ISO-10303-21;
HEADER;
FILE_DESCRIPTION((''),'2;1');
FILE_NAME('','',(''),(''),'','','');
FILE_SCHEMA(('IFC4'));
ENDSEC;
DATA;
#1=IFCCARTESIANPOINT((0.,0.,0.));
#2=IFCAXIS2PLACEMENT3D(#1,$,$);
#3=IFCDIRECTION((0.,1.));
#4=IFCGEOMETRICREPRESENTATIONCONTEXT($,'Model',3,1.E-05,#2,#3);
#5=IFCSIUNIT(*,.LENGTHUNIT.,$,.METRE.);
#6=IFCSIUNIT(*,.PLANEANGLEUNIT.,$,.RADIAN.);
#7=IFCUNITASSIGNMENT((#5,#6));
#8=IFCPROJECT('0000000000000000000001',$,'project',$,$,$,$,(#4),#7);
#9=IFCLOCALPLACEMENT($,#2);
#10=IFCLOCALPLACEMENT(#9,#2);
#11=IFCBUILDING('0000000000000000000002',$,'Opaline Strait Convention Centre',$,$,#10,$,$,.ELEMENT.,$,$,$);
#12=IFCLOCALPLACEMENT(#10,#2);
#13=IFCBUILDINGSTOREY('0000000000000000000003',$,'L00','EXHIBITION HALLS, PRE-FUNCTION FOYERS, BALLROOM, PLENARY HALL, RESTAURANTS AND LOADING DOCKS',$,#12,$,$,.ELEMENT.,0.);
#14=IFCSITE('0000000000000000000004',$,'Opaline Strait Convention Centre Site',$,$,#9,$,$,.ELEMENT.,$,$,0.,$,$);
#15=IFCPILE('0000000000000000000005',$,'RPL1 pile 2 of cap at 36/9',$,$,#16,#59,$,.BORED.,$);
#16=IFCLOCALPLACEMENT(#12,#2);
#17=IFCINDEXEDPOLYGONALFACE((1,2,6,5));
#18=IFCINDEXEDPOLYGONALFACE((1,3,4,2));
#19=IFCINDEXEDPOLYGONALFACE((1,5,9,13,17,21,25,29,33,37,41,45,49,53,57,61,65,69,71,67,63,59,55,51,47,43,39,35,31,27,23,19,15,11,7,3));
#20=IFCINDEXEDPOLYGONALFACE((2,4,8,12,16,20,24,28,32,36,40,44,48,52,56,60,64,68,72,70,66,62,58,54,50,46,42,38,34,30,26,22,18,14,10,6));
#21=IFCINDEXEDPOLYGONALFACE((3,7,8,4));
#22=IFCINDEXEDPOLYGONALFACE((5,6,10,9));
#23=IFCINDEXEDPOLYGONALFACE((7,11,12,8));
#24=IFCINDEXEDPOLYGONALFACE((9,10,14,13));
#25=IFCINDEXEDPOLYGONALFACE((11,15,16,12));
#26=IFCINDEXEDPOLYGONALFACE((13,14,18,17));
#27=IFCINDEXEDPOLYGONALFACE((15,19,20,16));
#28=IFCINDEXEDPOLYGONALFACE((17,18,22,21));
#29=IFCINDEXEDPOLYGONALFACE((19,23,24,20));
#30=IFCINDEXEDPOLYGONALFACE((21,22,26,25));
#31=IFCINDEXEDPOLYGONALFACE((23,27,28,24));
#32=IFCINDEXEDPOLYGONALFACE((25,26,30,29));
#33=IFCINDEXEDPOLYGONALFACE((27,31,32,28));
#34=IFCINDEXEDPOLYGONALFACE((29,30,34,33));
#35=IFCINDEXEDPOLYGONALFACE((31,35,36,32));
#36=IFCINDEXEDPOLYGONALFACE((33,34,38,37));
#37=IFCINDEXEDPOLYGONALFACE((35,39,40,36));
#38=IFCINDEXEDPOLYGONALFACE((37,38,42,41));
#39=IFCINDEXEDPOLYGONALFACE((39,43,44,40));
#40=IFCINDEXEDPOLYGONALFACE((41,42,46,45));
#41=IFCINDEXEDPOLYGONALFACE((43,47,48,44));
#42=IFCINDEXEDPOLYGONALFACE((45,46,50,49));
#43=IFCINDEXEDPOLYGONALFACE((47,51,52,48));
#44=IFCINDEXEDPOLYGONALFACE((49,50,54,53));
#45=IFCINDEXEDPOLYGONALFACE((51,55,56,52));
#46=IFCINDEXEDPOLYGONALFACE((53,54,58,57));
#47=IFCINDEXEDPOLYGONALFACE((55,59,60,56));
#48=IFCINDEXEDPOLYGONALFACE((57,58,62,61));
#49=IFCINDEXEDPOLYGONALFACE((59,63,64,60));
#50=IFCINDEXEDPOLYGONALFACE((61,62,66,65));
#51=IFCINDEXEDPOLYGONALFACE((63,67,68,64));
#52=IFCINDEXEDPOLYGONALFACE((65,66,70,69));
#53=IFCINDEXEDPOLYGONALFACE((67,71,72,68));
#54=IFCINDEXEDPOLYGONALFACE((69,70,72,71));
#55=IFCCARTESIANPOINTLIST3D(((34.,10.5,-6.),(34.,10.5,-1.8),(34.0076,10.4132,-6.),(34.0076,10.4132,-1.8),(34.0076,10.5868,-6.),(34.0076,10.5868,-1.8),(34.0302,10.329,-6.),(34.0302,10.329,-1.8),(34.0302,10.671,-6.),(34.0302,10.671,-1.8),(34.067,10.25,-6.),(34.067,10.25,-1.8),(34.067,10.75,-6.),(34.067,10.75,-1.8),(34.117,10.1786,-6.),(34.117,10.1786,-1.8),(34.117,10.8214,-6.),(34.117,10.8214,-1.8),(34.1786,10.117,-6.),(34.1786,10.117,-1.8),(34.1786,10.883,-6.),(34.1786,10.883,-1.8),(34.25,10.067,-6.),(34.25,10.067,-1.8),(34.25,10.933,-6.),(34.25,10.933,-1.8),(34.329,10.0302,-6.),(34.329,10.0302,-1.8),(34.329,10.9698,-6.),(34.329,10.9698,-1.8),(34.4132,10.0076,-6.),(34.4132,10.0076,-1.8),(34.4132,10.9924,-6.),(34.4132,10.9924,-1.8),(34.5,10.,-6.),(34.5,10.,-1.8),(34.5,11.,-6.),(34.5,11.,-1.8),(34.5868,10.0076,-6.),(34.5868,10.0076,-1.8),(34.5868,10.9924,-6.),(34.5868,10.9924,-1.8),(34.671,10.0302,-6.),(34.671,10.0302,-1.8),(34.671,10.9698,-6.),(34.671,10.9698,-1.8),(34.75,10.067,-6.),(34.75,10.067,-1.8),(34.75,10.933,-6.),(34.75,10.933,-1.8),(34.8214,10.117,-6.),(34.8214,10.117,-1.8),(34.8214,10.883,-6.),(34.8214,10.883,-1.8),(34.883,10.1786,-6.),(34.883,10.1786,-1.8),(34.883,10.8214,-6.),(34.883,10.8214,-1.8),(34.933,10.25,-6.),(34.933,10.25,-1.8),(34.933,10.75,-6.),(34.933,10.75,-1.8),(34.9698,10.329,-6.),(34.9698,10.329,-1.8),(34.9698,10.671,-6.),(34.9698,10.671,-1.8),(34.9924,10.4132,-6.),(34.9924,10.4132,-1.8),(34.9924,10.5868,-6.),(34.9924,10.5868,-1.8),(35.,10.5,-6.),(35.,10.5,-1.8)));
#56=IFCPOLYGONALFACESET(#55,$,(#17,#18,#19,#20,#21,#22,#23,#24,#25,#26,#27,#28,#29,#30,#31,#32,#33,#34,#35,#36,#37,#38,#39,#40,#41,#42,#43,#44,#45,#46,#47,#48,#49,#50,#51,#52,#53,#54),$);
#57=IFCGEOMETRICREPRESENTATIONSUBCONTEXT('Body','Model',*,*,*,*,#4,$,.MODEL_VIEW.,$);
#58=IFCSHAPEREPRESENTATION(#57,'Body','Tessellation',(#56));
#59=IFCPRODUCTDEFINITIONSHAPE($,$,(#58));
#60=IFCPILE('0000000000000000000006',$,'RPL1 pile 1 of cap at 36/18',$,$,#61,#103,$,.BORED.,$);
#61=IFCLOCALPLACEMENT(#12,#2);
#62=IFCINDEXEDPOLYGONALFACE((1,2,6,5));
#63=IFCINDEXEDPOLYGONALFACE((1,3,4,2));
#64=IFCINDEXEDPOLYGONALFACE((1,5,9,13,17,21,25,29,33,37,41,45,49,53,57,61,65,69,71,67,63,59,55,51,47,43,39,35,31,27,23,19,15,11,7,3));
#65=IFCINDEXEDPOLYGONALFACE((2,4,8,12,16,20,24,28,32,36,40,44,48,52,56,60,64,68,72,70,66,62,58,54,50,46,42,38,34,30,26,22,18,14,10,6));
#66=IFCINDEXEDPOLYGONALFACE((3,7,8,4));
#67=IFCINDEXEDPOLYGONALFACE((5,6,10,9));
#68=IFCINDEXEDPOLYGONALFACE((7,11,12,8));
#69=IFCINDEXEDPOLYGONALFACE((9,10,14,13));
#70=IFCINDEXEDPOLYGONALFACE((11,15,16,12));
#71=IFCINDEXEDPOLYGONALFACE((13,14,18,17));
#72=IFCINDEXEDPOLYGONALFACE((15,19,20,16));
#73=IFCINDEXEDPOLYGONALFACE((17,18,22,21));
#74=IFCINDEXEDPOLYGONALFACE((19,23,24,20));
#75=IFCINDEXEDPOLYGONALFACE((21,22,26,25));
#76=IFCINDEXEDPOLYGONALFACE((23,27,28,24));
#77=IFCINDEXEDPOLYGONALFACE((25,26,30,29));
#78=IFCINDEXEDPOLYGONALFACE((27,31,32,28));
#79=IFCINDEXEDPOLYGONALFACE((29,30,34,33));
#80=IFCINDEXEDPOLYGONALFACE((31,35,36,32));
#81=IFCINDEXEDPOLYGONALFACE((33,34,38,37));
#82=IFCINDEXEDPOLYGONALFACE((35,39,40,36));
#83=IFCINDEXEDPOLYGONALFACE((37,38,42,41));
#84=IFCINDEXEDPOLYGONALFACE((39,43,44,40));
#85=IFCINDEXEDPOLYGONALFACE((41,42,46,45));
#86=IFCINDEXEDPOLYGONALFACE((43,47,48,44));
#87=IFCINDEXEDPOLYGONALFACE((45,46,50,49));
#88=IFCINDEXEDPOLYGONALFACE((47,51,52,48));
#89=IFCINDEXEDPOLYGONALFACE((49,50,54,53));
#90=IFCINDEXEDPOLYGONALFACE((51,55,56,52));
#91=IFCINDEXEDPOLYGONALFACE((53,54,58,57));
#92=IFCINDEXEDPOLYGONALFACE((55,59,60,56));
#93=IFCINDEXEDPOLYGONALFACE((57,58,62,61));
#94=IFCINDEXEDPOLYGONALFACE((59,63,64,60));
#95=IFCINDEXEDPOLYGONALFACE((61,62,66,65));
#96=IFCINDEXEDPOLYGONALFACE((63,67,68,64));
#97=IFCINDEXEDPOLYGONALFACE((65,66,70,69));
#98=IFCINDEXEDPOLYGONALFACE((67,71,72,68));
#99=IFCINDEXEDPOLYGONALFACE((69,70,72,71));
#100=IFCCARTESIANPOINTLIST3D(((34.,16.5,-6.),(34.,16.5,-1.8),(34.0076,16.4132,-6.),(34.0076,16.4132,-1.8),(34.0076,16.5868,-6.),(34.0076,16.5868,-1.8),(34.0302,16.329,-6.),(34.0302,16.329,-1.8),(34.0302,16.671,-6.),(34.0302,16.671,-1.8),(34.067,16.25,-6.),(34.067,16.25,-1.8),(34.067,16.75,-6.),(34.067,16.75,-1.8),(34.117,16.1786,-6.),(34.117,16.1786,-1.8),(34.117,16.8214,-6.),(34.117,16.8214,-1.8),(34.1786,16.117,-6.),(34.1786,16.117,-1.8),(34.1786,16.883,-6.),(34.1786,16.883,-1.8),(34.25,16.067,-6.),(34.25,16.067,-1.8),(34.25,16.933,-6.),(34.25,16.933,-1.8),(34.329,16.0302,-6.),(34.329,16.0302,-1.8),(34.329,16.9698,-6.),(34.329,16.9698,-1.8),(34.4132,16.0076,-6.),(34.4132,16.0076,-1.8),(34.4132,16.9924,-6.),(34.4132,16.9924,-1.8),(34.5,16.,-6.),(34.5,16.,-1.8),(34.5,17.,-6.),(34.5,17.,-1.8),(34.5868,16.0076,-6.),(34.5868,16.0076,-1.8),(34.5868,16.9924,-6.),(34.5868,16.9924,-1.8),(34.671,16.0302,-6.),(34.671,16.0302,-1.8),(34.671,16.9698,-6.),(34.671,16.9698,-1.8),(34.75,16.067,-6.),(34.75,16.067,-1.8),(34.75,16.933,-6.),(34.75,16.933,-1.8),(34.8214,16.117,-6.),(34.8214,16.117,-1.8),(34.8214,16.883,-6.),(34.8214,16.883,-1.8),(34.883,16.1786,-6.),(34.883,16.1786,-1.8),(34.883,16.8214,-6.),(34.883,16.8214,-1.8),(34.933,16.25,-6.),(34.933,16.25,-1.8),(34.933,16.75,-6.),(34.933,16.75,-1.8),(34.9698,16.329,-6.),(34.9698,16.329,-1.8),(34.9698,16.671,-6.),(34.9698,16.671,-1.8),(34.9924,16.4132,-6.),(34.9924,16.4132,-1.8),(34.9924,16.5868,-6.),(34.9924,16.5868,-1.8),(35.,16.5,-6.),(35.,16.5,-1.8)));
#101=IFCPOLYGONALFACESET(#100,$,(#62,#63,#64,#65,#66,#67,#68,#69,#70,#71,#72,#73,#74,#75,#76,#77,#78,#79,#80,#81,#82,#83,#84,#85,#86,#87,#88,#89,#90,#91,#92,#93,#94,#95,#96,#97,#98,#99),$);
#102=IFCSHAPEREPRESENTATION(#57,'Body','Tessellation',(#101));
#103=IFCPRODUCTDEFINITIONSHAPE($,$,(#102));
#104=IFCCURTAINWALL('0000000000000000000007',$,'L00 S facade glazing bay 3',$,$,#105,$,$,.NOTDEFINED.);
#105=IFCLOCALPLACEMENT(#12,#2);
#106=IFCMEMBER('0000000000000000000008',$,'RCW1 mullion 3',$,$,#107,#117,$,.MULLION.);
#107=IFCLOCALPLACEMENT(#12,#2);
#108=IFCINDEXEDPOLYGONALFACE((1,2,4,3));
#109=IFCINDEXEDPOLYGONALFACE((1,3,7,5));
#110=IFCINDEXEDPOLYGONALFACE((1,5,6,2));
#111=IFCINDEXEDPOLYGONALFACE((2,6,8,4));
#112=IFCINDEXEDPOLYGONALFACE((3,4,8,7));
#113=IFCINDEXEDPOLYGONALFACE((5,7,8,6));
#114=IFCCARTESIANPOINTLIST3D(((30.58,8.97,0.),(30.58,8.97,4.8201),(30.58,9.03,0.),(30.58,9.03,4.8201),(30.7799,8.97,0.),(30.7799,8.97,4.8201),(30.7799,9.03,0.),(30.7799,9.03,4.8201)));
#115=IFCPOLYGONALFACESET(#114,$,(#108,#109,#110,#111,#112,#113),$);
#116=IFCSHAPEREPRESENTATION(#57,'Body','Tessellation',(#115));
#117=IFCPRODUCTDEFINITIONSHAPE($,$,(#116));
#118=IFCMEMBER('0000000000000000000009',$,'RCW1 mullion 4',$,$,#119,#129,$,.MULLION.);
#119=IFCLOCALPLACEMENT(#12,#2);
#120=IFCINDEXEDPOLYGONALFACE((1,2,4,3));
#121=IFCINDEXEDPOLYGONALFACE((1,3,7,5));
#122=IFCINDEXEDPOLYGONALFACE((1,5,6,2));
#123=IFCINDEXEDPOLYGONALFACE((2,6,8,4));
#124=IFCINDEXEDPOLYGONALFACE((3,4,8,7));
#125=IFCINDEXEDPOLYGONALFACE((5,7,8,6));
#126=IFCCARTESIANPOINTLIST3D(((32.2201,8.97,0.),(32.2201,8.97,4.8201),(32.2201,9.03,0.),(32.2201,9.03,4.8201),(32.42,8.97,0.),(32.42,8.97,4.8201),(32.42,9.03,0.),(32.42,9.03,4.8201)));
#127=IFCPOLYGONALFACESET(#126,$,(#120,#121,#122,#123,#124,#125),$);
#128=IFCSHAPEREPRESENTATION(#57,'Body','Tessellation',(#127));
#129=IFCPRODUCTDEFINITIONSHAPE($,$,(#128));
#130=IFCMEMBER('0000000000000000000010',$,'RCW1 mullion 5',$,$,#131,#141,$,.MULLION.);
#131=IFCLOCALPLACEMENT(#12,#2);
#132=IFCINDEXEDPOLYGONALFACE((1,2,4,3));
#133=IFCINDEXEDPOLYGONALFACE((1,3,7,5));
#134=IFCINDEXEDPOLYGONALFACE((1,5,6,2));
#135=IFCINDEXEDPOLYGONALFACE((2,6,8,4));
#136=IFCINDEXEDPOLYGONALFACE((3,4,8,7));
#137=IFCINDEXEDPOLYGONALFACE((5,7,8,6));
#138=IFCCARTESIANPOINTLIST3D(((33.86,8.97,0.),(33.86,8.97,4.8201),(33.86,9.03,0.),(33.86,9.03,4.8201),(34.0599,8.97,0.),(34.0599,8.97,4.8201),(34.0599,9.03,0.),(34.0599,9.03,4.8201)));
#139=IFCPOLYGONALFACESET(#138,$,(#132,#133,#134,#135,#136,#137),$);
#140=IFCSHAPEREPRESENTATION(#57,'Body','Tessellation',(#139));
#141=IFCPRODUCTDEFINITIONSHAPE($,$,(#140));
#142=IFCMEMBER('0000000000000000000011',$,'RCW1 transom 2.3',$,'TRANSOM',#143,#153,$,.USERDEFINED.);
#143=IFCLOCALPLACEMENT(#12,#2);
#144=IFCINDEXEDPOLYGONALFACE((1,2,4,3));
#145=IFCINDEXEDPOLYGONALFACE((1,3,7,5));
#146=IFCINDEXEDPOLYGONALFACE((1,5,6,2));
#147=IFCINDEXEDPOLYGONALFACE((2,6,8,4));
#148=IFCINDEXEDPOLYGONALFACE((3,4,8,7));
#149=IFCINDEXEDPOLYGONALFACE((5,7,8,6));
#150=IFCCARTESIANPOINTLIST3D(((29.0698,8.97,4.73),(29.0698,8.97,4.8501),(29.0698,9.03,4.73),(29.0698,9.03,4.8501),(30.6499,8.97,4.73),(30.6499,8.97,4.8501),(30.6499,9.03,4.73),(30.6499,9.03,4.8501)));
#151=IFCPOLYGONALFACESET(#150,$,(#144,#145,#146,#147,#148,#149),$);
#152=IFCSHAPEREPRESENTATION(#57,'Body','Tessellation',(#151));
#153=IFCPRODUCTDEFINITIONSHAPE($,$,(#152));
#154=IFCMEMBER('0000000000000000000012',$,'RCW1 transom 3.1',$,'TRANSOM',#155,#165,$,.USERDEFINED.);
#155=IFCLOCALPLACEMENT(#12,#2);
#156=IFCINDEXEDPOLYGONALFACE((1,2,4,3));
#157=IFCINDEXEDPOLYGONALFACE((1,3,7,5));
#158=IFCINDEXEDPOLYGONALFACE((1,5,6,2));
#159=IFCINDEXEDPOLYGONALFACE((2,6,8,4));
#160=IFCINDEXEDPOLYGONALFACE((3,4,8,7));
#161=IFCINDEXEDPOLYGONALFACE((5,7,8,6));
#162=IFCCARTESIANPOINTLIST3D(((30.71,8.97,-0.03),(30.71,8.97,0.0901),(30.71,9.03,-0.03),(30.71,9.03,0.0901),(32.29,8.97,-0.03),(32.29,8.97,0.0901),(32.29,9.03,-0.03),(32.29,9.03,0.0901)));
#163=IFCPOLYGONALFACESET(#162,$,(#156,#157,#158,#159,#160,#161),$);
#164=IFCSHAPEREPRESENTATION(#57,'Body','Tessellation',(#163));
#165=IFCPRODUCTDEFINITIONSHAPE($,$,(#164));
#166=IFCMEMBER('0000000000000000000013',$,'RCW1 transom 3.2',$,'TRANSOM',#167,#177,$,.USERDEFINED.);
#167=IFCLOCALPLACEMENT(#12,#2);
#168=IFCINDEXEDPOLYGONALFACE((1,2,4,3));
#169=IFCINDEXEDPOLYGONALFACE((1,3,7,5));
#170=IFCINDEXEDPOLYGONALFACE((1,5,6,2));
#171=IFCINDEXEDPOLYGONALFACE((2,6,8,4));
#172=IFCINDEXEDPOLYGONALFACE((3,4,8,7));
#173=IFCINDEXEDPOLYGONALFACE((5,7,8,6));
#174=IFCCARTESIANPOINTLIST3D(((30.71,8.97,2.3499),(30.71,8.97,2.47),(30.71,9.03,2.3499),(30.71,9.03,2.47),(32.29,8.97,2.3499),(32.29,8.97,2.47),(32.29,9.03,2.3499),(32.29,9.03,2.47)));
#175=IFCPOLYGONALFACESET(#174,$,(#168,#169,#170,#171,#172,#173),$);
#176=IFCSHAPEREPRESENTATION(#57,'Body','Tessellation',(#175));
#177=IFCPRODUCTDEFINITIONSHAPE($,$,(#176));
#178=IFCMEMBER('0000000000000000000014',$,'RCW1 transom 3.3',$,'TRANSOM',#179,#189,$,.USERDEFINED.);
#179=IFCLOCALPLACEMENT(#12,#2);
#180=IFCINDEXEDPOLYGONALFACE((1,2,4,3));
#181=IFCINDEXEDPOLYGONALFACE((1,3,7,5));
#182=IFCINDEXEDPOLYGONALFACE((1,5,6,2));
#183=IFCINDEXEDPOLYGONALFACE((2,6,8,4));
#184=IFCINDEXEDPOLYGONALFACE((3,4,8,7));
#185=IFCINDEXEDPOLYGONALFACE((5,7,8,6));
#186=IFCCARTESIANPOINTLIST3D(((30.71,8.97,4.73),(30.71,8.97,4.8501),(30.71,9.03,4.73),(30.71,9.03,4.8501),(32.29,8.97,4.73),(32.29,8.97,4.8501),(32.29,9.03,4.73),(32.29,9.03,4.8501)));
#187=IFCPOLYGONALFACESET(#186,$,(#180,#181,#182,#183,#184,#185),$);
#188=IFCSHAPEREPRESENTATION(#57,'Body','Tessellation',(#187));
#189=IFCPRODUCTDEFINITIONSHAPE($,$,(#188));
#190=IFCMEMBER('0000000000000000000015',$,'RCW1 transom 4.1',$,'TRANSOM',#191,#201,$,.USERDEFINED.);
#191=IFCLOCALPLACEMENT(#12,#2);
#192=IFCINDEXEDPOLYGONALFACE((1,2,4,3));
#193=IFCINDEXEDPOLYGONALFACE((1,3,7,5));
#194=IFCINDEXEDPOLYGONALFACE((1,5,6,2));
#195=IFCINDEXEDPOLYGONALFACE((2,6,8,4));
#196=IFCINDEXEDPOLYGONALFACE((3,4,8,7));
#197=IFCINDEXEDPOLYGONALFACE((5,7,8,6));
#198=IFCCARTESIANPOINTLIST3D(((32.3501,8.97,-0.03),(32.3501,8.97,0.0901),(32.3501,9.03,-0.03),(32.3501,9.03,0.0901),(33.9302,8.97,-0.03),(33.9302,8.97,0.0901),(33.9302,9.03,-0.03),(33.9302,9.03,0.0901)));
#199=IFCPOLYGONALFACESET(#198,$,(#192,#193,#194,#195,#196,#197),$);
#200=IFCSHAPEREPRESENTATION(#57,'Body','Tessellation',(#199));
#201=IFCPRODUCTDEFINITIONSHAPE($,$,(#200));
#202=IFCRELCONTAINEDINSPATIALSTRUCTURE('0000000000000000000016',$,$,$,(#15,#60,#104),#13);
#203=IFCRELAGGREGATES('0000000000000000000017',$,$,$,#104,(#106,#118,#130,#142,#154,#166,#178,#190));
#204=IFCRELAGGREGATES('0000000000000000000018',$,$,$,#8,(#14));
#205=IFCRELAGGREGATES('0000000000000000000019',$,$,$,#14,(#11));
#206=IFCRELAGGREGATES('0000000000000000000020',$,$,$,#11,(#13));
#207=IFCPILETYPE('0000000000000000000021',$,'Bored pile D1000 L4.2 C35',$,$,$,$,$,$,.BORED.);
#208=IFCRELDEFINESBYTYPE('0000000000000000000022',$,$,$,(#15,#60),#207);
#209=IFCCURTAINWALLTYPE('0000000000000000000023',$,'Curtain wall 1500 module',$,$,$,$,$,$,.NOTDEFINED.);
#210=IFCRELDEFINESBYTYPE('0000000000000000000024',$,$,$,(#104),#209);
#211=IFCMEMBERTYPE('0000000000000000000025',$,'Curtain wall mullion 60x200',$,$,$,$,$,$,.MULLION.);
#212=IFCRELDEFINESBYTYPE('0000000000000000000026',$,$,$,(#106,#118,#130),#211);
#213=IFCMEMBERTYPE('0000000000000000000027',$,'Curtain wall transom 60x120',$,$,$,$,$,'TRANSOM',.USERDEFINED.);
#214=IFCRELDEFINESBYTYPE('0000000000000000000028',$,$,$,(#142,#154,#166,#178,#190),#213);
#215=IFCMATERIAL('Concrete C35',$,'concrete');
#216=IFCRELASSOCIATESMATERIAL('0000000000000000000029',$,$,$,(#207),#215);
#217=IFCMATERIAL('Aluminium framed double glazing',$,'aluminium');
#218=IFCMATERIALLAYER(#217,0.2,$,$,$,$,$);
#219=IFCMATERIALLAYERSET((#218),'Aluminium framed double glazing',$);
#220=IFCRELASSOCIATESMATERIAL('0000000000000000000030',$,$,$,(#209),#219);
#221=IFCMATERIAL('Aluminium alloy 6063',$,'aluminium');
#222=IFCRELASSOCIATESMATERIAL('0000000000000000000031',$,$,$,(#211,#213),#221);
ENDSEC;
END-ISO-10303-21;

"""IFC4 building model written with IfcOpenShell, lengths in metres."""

from ifc_helpers import new_model, si_unit, direction, frame, origin, origin_2d, place, context, subcontext, project, spatial, rectangle, circle, extrude, material, layer, layer_set, material_profile, profile_set, type_object, element, aggregate, save


model = new_model("IFC4")

# Units and contexts
model_context = context("Model", 3, precision=1e-05, world=origin(), true_north=direction((0.0, 1.0)))
body_context = subcontext(model_context, "Body", "Model", "MODEL_VIEW")
ifc_project = project(units=[si_unit("LENGTHUNIT", "METRE"), si_unit("PLANEANGLEUNIT", "RADIAN")], contexts=[model_context])

# Site, building, storey
site_placement = place(None, origin())
site = spatial("IfcSite", under=ifc_project, at=site_placement, Name="Opaline Strait Convention Centre Site", CompositionType="ELEMENT", RefElevation=0.0)
building_placement = place(site_placement, origin())
building = spatial("IfcBuilding", under=site, at=building_placement, Name="Opaline Strait Convention Centre", CompositionType="ELEMENT")
storey_placement = place(building_placement, origin())
storey = spatial("IfcBuildingStorey", under=building, at=storey_placement, Name="L00", Description="EXHIBITION HALLS, PRE-FUNCTION FOYERS, BALLROOM, PLENARY HALL, RESTAURANTS AND LOADING DOCKS", CompositionType="ELEMENT", Elevation=0.0)

# Piles
ifc_material_1 = material(Name="Concrete C35", Category="concrete")
ifc_material_profile_1 = material_profile(ifc_material_1, circle(Radius=0.5, at=origin_2d()), Name="D1000")
ifc_profile_set_1 = profile_set([ifc_material_profile_1], Name="Concrete C35")
pile_type = type_object("IfcPileType", Name="Bored pile D1000 L4.2 C35", PredefinedType="BORED", material=ifc_profile_set_1)
for number, where, z_axis, x_axis, name in (
    (1, (34.5, 10.5, -1.8), (0.0, 0.0, -1.0), (1.0, 0.0, 0.0), "RPL1 pile 2 of cap at 36/9"),
    (2, (34.5, 16.5, -1.8), (0.0, 0.0, -1.0), (1.0, 0.0, 0.0), "RPL1 pile 1 of cap at 36/18"),
):
    element("IfcPile", number, at=place(storey_placement, frame(where, z_axis=z_axis, x_axis=x_axis)), inside=storey, type_object=pile_type, Name=name, PredefinedType="BORED", context=body_context, shape_type="SweptSolid", body=[
        extrude(circle(Radius=0.5, at=origin_2d()), origin(), (0.0, 0.0, 1.0), 4.2),
    ])

# Curtain wall, members
ifc_material_2 = material(Name="Aluminium framed double glazing", Category="aluminium")
ifc_layer_1 = layer(ifc_material_2, 0.2)
ifc_layer_set_1 = layer_set([ifc_layer_1], Name="Aluminium framed double glazing")
curtain_wall_type = type_object("IfcCurtainWallType", Name="Curtain wall 1500 module", PredefinedType="NOTDEFINED", material=ifc_layer_set_1)
curtain_wall_placement = place(storey_placement, origin())
curtain_wall = element("IfcCurtainWall", 3, at=curtain_wall_placement, inside=storey, type_object=curtain_wall_type, Name="L00 S facade glazing bay 3", PredefinedType="NOTDEFINED")
ifc_material_3 = material(Name="Aluminium alloy 6063", Category="aluminium")
ifc_material_profile_2 = material_profile(ifc_material_3, rectangle(XDim=0.0601, YDim=0.2, at=origin_2d()), Name="Curtain wall mullion 60x200")
ifc_profile_set_2 = profile_set([ifc_material_profile_2], Name="Aluminium alloy 6063")
member_type_1 = type_object("IfcMemberType", Name="Curtain wall mullion 60x200", PredefinedType="MULLION", material=ifc_profile_set_2)
member_1_placement = place(storey_placement, frame((30.6799, 9.0, 0.0), z_axis=(0.0, 0.0, 1.0), x_axis=(0.0, 1.0, 0.0)))
member_1 = element("IfcMember", 4, at=member_1_placement, type_object=member_type_1, Name="RCW1 mullion 3", PredefinedType="MULLION", context=body_context, shape_type="SweptSolid", body=[
    extrude(rectangle(XDim=0.0601, YDim=0.2, at=origin_2d()), origin(), (0.0, 0.0, 1.0), 4.8201),
])
member_2_placement = place(storey_placement, frame((32.3201, 9.0, 0.0), z_axis=(0.0, 0.0, 1.0), x_axis=(0.0, 1.0, 0.0)))
member_2 = element("IfcMember", 5, at=member_2_placement, type_object=member_type_1, Name="RCW1 mullion 4", PredefinedType="MULLION", context=body_context, shape_type="SweptSolid", body=[
    extrude(rectangle(XDim=0.0601, YDim=0.2, at=origin_2d()), origin(), (0.0, 0.0, 1.0), 4.8201),
])
member_3_placement = place(storey_placement, frame((33.96, 9.0, 0.0), z_axis=(0.0, 0.0, 1.0), x_axis=(0.0, 1.0, 0.0)))
member_3 = element("IfcMember", 6, at=member_3_placement, type_object=member_type_1, Name="RCW1 mullion 5", PredefinedType="MULLION", context=body_context, shape_type="SweptSolid", body=[
    extrude(rectangle(XDim=0.0601, YDim=0.2, at=origin_2d()), origin(), (0.0, 0.0, 1.0), 4.8201),
])
ifc_material_profile_3 = material_profile(ifc_material_3, rectangle(XDim=0.0601, YDim=0.1201, at=origin_2d()), Name="Curtain wall transom 60x120")
ifc_profile_set_3 = profile_set([ifc_material_profile_3], Name="Aluminium alloy 6063")
member_type_2 = type_object("IfcMemberType", Name="Curtain wall transom 60x120", ElementType="TRANSOM", PredefinedType="USERDEFINED", material=ifc_profile_set_3)
member_4_placement = place(storey_placement, frame((29.0698, 9.0, 4.79), z_axis=(1.0, 0.0, 0.0), x_axis=(0.0, 1.0, 0.0)))
member_4 = element("IfcMember", 7, at=member_4_placement, type_object=member_type_2, Name="RCW1 transom 2.3", ObjectType="TRANSOM", PredefinedType="USERDEFINED", context=body_context, shape_type="SweptSolid", body=[
    extrude(rectangle(XDim=0.0601, YDim=0.1201, at=origin_2d()), origin(), (0.0, 0.0, 1.0), 1.5801),
])
member_5_placement = place(storey_placement, frame((30.71, 9.0, 0.03), z_axis=(1.0, 0.0, 0.0), x_axis=(0.0, 1.0, 0.0)))
member_5 = element("IfcMember", 8, at=member_5_placement, type_object=member_type_2, Name="RCW1 transom 3.1", ObjectType="TRANSOM", PredefinedType="USERDEFINED", context=body_context, shape_type="SweptSolid", body=[
    extrude(rectangle(XDim=0.0601, YDim=0.1201, at=origin_2d()), origin(), (0.0, 0.0, 1.0), 1.5801),
])
member_6_placement = place(storey_placement, frame((30.71, 9.0, 2.4099), z_axis=(1.0, 0.0, 0.0), x_axis=(0.0, 1.0, 0.0)))
member_6 = element("IfcMember", 9, at=member_6_placement, type_object=member_type_2, Name="RCW1 transom 3.2", ObjectType="TRANSOM", PredefinedType="USERDEFINED", context=body_context, shape_type="SweptSolid", body=[
    extrude(rectangle(XDim=0.0601, YDim=0.1201, at=origin_2d()), origin(), (0.0, 0.0, 1.0), 1.5801),
])
member_7_placement = place(storey_placement, frame((30.71, 9.0, 4.79), z_axis=(1.0, 0.0, 0.0), x_axis=(0.0, 1.0, 0.0)))
member_7 = element("IfcMember", 10, at=member_7_placement, type_object=member_type_2, Name="RCW1 transom 3.3", ObjectType="TRANSOM", PredefinedType="USERDEFINED", context=body_context, shape_type="SweptSolid", body=[
    extrude(rectangle(XDim=0.0601, YDim=0.1201, at=origin_2d()), origin(), (0.0, 0.0, 1.0), 1.5801),
])
member_8_placement = place(storey_placement, frame((32.3501, 9.0, 0.03), z_axis=(1.0, 0.0, 0.0), x_axis=(0.0, 1.0, 0.0)))
member_8 = element("IfcMember", 11, at=member_8_placement, type_object=member_type_2, Name="RCW1 transom 4.1", ObjectType="TRANSOM", PredefinedType="USERDEFINED", context=body_context, shape_type="SweptSolid", body=[
    extrude(rectangle(XDim=0.0601, YDim=0.1201, at=origin_2d()), origin(), (0.0, 0.0, 1.0), 1.5801),
])
aggregate(curtain_wall, [member_1, member_2, member_3, member_4, member_5, member_6, member_7, member_8])

save(model, "model.ifc")
